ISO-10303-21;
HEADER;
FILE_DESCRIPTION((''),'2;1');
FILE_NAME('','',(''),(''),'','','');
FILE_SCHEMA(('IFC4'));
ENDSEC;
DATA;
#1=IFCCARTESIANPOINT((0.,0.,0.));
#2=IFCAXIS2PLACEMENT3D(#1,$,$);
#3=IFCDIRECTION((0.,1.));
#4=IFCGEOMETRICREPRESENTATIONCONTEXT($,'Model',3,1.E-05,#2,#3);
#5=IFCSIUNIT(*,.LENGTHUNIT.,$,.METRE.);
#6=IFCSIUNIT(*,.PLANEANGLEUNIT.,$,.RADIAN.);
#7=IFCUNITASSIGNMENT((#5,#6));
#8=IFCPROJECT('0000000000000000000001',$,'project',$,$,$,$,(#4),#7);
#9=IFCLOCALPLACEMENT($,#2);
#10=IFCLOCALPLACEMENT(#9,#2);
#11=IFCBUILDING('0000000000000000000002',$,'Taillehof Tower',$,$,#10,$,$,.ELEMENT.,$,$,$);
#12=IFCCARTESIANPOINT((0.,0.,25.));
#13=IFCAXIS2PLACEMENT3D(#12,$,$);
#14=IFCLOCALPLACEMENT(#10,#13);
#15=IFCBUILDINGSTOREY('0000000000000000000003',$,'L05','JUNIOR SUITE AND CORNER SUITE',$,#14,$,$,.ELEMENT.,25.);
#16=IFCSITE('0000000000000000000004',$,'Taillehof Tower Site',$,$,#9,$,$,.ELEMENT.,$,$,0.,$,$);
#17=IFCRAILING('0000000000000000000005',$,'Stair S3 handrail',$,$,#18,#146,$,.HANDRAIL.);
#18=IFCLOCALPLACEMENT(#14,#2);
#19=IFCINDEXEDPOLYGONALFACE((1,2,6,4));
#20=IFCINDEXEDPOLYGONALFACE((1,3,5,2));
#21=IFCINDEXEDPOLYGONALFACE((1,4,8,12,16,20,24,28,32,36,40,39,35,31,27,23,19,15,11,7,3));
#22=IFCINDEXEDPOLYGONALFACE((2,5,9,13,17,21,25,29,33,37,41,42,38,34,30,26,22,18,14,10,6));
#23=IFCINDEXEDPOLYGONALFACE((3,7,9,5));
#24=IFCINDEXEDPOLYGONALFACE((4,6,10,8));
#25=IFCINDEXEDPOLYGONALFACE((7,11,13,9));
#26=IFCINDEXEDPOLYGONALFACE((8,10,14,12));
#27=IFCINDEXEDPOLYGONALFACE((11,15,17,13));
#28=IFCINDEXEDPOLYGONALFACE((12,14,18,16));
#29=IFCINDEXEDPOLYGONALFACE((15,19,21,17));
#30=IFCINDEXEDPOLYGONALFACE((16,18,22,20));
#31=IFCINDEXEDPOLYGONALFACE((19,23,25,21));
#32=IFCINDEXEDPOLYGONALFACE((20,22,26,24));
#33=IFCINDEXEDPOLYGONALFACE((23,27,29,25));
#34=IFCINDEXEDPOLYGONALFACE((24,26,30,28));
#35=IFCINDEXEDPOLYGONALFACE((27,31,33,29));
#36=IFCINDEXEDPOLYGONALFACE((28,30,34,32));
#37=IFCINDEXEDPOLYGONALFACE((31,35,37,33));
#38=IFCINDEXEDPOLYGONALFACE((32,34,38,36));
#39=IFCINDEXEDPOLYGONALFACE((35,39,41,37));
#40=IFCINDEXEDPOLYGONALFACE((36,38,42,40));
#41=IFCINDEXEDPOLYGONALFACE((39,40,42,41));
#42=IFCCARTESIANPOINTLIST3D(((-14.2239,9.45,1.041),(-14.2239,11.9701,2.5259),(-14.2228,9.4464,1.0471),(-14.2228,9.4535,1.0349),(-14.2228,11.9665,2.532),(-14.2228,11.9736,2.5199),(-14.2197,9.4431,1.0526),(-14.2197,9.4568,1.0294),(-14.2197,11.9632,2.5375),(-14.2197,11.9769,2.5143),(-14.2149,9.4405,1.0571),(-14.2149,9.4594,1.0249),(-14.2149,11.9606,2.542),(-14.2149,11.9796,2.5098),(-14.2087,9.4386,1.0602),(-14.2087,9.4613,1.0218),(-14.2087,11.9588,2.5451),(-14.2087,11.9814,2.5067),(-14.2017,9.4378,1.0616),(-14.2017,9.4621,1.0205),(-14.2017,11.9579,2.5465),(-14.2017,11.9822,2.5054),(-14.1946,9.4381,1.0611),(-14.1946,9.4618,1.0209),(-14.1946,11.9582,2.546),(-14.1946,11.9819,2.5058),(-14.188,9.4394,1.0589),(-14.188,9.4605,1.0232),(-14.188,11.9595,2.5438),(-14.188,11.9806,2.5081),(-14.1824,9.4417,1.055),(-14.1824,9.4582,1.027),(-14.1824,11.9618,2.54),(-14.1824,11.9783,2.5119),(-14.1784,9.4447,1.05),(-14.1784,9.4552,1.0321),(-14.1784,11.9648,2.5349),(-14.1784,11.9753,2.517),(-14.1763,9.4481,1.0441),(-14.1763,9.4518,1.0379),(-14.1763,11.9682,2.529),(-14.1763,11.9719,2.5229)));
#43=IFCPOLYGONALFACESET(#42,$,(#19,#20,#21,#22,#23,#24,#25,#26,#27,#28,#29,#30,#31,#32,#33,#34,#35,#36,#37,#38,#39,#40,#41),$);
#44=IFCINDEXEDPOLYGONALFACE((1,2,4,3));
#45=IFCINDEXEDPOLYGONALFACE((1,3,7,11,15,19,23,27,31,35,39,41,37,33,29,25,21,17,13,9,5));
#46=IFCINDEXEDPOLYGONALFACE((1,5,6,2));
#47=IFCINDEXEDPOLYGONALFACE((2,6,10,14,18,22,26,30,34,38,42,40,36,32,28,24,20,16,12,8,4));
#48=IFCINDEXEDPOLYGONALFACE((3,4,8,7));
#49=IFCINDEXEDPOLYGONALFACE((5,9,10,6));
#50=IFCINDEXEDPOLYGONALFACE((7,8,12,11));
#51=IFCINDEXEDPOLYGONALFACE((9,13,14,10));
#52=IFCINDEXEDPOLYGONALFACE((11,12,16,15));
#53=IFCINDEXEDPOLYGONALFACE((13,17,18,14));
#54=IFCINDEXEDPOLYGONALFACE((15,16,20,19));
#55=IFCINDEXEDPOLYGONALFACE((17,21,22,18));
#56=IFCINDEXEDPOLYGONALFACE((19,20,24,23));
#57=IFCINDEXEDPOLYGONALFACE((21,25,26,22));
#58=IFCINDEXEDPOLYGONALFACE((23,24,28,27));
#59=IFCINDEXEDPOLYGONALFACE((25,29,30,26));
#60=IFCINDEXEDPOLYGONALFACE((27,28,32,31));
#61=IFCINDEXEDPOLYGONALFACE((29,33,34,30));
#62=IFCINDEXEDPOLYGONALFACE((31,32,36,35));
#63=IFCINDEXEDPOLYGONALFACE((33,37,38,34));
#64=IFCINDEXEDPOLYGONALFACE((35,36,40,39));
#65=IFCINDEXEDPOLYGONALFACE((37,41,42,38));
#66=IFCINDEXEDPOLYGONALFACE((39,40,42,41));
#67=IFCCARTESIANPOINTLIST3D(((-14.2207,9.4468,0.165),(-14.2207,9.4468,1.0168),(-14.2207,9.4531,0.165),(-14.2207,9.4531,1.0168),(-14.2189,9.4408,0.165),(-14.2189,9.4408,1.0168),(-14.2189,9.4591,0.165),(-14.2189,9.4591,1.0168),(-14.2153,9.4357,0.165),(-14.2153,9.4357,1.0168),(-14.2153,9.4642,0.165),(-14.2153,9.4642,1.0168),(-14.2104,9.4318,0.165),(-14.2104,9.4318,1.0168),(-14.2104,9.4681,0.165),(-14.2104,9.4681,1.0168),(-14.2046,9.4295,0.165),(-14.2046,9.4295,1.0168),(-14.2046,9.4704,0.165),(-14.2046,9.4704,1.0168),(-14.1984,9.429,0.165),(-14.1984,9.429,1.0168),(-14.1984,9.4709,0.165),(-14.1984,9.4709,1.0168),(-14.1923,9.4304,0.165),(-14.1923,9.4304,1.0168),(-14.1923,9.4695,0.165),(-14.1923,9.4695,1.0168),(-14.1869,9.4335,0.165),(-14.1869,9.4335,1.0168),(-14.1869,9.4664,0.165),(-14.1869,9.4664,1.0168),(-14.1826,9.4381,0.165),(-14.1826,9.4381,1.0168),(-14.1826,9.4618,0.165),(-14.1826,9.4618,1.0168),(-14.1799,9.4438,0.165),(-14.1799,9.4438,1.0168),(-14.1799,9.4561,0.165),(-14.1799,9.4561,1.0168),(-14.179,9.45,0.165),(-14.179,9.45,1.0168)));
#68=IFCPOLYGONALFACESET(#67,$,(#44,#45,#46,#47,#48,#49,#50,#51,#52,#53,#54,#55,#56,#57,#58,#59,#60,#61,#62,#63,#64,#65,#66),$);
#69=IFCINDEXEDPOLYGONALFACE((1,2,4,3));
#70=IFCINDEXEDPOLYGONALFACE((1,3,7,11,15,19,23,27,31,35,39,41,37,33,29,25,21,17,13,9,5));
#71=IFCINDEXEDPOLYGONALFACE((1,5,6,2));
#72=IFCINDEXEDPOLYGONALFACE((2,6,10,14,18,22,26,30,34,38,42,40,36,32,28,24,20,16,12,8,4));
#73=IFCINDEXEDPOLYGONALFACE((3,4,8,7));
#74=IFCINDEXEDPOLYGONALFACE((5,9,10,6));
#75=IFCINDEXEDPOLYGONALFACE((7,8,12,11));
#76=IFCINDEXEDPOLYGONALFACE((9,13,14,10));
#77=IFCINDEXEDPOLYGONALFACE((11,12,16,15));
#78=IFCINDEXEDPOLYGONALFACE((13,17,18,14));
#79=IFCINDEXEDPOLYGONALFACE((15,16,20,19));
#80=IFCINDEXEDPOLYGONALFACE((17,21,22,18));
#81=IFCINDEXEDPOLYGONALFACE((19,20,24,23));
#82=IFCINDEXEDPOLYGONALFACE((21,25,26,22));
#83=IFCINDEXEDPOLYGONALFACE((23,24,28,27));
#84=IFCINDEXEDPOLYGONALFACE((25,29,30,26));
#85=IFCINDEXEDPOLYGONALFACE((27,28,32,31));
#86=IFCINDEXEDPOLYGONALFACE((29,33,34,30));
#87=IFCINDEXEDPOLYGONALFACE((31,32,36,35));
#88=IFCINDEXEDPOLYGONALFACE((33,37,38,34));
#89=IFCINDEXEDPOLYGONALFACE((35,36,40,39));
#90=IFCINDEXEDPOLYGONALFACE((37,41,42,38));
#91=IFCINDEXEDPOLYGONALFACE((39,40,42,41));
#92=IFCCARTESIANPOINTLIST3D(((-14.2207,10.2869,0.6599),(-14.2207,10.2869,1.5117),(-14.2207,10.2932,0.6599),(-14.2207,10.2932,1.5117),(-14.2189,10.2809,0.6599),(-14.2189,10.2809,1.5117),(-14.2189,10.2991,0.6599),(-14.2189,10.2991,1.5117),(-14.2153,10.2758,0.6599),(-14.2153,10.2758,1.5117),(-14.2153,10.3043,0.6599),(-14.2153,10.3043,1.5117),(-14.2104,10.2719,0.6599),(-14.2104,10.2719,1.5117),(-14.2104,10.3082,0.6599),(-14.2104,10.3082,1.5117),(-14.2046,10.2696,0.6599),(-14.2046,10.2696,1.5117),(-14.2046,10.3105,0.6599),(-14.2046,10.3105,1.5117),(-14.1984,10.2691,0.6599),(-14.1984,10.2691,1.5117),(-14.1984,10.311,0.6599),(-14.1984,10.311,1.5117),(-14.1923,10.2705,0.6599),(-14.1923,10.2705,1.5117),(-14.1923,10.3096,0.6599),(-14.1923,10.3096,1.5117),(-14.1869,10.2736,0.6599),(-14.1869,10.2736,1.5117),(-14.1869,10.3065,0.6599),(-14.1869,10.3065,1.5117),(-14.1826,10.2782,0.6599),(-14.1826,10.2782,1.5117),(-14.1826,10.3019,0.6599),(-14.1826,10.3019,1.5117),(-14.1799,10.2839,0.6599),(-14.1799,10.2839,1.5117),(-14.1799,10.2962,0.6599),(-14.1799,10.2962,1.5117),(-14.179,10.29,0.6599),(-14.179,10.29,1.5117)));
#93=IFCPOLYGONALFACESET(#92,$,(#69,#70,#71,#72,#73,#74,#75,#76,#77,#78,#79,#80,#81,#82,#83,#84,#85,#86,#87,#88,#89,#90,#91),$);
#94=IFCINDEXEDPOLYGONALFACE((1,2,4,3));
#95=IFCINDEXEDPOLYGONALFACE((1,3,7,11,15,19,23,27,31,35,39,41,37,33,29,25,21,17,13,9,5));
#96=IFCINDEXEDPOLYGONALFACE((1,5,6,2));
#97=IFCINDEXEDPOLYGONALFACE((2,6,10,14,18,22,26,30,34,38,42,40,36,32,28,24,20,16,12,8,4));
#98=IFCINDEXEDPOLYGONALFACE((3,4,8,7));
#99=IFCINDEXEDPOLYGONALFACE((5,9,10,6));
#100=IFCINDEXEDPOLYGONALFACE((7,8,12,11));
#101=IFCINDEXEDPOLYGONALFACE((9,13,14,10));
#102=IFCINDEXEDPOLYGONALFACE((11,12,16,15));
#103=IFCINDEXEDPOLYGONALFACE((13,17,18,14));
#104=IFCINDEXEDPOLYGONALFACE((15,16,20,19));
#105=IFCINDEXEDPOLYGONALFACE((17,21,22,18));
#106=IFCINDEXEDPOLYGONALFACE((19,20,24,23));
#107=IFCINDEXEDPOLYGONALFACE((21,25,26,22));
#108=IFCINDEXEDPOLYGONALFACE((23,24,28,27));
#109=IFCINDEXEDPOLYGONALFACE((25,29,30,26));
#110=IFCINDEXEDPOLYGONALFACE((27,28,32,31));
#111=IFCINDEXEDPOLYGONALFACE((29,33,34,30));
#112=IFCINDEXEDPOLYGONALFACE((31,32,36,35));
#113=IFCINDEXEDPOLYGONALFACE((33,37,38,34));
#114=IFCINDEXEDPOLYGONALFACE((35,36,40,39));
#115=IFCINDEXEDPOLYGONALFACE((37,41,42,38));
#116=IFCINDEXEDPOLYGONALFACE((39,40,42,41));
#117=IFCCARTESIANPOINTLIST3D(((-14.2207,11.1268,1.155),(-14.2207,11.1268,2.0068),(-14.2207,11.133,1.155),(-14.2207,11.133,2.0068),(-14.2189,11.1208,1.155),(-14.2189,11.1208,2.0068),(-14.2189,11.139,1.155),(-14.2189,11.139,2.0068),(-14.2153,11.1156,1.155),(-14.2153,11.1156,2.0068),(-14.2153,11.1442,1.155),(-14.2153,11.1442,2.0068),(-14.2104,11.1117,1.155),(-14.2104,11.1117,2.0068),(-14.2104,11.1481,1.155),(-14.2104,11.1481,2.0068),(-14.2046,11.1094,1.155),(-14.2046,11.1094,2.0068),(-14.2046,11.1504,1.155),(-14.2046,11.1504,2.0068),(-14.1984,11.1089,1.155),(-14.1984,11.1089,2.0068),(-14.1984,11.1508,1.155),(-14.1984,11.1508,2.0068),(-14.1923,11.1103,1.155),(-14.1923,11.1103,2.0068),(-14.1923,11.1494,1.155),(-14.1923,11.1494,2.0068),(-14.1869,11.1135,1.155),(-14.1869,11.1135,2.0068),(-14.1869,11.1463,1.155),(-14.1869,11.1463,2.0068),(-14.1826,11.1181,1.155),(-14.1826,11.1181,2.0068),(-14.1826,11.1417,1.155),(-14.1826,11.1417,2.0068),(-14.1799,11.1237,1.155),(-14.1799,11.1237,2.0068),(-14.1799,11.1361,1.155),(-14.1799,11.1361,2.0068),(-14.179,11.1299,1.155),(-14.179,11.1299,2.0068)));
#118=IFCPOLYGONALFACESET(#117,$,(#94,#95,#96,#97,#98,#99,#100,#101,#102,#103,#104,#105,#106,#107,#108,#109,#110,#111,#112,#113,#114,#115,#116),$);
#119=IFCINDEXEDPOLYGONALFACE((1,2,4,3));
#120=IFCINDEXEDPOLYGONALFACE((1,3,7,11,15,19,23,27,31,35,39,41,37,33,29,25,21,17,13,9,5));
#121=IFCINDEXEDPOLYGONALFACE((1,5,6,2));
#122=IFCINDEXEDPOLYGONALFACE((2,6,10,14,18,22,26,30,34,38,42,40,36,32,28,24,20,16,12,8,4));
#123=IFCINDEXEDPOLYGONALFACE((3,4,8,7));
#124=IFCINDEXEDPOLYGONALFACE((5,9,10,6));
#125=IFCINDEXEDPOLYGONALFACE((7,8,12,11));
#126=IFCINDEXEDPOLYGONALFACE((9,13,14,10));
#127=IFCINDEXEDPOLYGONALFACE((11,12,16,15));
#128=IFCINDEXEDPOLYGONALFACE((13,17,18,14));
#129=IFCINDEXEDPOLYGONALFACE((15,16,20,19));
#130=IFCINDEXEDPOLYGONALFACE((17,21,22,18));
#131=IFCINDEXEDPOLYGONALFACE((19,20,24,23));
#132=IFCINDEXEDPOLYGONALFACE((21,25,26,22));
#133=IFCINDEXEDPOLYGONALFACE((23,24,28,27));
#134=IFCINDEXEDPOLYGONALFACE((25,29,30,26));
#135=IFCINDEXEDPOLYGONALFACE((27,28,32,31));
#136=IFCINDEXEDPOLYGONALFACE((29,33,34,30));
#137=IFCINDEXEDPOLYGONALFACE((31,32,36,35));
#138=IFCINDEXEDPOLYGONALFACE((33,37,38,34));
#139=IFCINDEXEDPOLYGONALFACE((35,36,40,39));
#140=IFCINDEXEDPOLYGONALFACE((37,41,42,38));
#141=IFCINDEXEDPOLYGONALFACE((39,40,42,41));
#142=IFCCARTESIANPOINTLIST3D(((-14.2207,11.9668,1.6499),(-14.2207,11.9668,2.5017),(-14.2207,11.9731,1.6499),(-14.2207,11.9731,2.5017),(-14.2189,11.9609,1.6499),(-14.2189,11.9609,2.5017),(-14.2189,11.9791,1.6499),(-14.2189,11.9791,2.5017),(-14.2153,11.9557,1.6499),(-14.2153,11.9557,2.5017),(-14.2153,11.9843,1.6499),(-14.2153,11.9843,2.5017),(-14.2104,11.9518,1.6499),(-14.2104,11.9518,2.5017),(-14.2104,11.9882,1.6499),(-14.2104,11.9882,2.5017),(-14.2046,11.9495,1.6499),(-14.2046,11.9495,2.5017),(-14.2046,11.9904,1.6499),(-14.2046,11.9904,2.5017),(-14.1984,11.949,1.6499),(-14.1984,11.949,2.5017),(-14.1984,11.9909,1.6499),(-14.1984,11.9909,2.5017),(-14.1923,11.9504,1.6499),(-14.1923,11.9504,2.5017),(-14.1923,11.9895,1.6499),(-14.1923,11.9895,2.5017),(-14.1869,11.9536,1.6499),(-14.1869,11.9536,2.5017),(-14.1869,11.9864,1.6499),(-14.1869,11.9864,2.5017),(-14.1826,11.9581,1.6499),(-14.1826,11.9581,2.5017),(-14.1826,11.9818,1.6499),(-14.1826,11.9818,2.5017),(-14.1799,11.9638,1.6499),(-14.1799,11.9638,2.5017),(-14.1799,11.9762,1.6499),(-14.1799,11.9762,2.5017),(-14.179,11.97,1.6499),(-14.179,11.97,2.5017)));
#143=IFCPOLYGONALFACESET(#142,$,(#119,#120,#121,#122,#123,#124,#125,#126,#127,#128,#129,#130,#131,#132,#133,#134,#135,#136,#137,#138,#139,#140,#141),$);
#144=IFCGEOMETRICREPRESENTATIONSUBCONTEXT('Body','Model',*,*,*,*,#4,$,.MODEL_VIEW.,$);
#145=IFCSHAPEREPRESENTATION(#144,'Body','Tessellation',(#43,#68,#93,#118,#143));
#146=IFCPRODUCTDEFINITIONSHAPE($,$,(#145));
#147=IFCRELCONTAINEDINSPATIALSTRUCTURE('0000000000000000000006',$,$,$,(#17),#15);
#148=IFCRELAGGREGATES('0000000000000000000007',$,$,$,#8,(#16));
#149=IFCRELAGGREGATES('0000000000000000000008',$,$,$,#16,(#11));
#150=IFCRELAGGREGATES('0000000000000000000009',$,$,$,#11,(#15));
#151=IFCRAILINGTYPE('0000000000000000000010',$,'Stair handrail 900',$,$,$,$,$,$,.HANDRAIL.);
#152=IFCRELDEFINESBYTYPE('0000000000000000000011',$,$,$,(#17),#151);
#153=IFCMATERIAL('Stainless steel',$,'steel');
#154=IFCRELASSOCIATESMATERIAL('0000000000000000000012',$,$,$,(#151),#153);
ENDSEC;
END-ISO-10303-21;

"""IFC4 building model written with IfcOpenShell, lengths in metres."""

from ifc_helpers import new_model, si_unit, direction, frame, origin, origin_2d, place, context, subcontext, project, spatial, circle, extrude, material, type_object, element, save


model = new_model("IFC4")

# Units and contexts
model_context = context("Model", 3, precision=1e-05, world=origin(), true_north=direction((0.0, 1.0)))
body_context = subcontext(model_context, "Body", "Model", "MODEL_VIEW")
ifc_project = project(units=[si_unit("LENGTHUNIT", "METRE"), si_unit("PLANEANGLEUNIT", "RADIAN")], contexts=[model_context])

# Site, building, storey
site_placement = place(None, origin())
site = spatial("IfcSite", under=ifc_project, at=site_placement, Name="Taillehof Tower Site", CompositionType="ELEMENT", RefElevation=0.0)
building_placement = place(site_placement, origin())
building = spatial("IfcBuilding", under=site, at=building_placement, Name="Taillehof Tower", CompositionType="ELEMENT")
storey_placement = place(building_placement, frame((0.0, 0.0, 25.0)))
storey = spatial("IfcBuildingStorey", under=building, at=storey_placement, Name="L05", Description="JUNIOR SUITE AND CORNER SUITE", CompositionType="ELEMENT", Elevation=25.0)

# Railing
ifc_material_1 = material(Name="Stainless steel", Category="steel")
railing_type = type_object("IfcRailingType", Name="Stair handrail 900", PredefinedType="HANDRAIL", material=ifc_material_1)
railing_placement = place(storey_placement, frame((-14.2, 9.45, 0.165)))
element("IfcRailing", 1, at=railing_placement, inside=storey, type_object=railing_type, Name="Stair S3 handrail", PredefinedType="HANDRAIL", context=body_context, shape_type="SweptSolid", body=[
    extrude(circle(Radius=0.0239, at=origin_2d()), frame((0.0, 0.0, 0.876), z_axis=(0.0, 0.861561, 0.507655), x_axis=(-1.0, 0.0, 0.0)), (0.0, 0.0, 1.0), 2.925),
    extrude(circle(Radius=0.021, at=origin_2d()), origin(), (0.0, 0.0, 1.0), 0.8518),
    extrude(circle(Radius=0.021, at=origin_2d()), frame((0.0, 0.8401, 0.4949)), (0.0, 0.0, 1.0), 0.8518),
    extrude(circle(Radius=0.021, at=origin_2d()), frame((0.0, 1.6799, 0.99)), (0.0, 0.0, 1.0), 0.8518),
    extrude(circle(Radius=0.021, at=origin_2d()), frame((0.0, 2.52, 1.4849)), (0.0, 0.0, 1.0), 0.8518),
])

save(model, "model.ifc")
